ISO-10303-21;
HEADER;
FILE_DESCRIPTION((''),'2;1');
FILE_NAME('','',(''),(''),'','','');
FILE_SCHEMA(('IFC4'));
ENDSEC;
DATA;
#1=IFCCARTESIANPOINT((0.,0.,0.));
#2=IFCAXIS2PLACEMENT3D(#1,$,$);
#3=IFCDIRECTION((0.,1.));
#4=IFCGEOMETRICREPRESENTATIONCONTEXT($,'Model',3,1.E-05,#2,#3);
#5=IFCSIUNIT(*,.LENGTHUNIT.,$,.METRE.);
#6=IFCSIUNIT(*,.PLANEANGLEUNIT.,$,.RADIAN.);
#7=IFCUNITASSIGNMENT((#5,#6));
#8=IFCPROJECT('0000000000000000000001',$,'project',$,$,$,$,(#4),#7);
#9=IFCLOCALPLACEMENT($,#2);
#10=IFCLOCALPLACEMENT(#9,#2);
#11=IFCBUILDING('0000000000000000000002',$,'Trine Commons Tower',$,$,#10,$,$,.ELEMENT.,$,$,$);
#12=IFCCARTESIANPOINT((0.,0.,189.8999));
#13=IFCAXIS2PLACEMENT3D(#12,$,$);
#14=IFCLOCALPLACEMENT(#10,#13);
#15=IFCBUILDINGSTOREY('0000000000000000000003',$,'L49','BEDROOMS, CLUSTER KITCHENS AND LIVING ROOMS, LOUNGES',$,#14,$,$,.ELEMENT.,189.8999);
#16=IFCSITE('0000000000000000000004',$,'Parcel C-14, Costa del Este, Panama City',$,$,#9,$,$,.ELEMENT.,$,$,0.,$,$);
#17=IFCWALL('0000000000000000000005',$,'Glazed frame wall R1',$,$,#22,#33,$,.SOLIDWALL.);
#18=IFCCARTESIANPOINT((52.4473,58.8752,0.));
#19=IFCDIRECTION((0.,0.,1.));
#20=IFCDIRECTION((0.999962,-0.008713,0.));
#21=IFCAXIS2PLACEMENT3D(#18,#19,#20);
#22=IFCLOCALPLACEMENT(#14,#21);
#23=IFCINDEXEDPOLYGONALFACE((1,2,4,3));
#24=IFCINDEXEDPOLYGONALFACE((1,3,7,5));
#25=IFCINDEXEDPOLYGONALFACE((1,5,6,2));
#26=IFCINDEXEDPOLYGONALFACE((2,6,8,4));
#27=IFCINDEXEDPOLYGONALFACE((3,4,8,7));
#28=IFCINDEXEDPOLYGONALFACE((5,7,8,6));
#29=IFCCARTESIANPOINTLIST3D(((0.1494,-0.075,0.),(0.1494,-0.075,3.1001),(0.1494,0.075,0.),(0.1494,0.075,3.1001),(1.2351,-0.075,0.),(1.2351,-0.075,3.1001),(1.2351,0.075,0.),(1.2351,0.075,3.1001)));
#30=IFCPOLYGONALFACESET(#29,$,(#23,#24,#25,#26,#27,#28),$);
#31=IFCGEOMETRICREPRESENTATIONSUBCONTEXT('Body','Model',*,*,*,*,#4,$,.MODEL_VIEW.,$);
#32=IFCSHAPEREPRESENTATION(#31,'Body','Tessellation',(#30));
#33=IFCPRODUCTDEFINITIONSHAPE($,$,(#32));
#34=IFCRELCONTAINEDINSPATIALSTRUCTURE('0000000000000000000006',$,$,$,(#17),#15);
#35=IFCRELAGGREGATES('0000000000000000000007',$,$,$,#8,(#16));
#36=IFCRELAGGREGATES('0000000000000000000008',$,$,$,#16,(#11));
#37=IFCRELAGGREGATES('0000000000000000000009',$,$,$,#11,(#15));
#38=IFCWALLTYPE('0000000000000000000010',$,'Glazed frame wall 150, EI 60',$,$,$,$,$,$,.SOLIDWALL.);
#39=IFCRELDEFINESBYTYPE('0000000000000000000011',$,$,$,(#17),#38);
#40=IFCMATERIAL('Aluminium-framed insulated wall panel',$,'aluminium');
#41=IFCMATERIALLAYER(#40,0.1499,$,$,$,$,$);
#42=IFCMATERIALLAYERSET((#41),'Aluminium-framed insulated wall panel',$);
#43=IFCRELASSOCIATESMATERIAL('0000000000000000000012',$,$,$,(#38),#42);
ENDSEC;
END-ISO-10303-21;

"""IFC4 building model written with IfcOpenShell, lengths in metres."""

from ifc_helpers import new_model, si_unit, direction, frame, origin, place, context, subcontext, project, spatial, polyline, outline, extrude, material, layer, layer_set, type_object, element, save


model = new_model("IFC4")

# Units and contexts
model_context = context("Model", 3, precision=1e-05, world=origin(), true_north=direction((0.0, 1.0)))
body_context = subcontext(model_context, "Body", "Model", "MODEL_VIEW")
ifc_project = project(units=[si_unit("LENGTHUNIT", "METRE"), si_unit("PLANEANGLEUNIT", "RADIAN")], contexts=[model_context])

# Site, building, storey
site_placement = place(None, origin())
site = spatial("IfcSite", under=ifc_project, at=site_placement, Name="Parcel C-14, Costa del Este, Panama City", CompositionType="ELEMENT", RefElevation=0.0)
building_placement = place(site_placement, origin())
building = spatial("IfcBuilding", under=site, at=building_placement, Name="Trine Commons Tower", CompositionType="ELEMENT")
storey_placement = place(building_placement, frame((0.0, 0.0, 189.8999)))
storey = spatial("IfcBuildingStorey", under=building, at=storey_placement, Name="L49", Description="BEDROOMS, CLUSTER KITCHENS AND LIVING ROOMS, LOUNGES", CompositionType="ELEMENT", Elevation=189.8999)

# Wall
ifc_material_1 = material(Name="Aluminium-framed insulated wall panel", Category="aluminium")
ifc_layer_1 = layer(ifc_material_1, 0.1499)
ifc_layer_set_1 = layer_set([ifc_layer_1], Name="Aluminium-framed insulated wall panel")
wall_type = type_object("IfcWallType", Name="Glazed frame wall 150, EI 60", PredefinedType="SOLIDWALL", material=ifc_layer_set_1)
wall_placement = place(storey_placement, frame((52.4473, 58.8752, 0.0), z_axis=(0.0, 0.0, 1.0), x_axis=(0.999962, -0.008713, 0.0)))
element("IfcWall", 1, at=wall_placement, inside=storey, type_object=wall_type, Name="Glazed frame wall R1", PredefinedType="SOLIDWALL", context=body_context, shape_type="SweptSolid", body=[
    extrude(outline(polyline([(0.1494, 0.075), (0.1494, -0.075), (1.2351, -0.075), (1.2351, 0.075), (0.1494, 0.075)])), origin(), (0.0, 0.0, 1.0), 3.1001),
])

save(model, "model.ifc")
